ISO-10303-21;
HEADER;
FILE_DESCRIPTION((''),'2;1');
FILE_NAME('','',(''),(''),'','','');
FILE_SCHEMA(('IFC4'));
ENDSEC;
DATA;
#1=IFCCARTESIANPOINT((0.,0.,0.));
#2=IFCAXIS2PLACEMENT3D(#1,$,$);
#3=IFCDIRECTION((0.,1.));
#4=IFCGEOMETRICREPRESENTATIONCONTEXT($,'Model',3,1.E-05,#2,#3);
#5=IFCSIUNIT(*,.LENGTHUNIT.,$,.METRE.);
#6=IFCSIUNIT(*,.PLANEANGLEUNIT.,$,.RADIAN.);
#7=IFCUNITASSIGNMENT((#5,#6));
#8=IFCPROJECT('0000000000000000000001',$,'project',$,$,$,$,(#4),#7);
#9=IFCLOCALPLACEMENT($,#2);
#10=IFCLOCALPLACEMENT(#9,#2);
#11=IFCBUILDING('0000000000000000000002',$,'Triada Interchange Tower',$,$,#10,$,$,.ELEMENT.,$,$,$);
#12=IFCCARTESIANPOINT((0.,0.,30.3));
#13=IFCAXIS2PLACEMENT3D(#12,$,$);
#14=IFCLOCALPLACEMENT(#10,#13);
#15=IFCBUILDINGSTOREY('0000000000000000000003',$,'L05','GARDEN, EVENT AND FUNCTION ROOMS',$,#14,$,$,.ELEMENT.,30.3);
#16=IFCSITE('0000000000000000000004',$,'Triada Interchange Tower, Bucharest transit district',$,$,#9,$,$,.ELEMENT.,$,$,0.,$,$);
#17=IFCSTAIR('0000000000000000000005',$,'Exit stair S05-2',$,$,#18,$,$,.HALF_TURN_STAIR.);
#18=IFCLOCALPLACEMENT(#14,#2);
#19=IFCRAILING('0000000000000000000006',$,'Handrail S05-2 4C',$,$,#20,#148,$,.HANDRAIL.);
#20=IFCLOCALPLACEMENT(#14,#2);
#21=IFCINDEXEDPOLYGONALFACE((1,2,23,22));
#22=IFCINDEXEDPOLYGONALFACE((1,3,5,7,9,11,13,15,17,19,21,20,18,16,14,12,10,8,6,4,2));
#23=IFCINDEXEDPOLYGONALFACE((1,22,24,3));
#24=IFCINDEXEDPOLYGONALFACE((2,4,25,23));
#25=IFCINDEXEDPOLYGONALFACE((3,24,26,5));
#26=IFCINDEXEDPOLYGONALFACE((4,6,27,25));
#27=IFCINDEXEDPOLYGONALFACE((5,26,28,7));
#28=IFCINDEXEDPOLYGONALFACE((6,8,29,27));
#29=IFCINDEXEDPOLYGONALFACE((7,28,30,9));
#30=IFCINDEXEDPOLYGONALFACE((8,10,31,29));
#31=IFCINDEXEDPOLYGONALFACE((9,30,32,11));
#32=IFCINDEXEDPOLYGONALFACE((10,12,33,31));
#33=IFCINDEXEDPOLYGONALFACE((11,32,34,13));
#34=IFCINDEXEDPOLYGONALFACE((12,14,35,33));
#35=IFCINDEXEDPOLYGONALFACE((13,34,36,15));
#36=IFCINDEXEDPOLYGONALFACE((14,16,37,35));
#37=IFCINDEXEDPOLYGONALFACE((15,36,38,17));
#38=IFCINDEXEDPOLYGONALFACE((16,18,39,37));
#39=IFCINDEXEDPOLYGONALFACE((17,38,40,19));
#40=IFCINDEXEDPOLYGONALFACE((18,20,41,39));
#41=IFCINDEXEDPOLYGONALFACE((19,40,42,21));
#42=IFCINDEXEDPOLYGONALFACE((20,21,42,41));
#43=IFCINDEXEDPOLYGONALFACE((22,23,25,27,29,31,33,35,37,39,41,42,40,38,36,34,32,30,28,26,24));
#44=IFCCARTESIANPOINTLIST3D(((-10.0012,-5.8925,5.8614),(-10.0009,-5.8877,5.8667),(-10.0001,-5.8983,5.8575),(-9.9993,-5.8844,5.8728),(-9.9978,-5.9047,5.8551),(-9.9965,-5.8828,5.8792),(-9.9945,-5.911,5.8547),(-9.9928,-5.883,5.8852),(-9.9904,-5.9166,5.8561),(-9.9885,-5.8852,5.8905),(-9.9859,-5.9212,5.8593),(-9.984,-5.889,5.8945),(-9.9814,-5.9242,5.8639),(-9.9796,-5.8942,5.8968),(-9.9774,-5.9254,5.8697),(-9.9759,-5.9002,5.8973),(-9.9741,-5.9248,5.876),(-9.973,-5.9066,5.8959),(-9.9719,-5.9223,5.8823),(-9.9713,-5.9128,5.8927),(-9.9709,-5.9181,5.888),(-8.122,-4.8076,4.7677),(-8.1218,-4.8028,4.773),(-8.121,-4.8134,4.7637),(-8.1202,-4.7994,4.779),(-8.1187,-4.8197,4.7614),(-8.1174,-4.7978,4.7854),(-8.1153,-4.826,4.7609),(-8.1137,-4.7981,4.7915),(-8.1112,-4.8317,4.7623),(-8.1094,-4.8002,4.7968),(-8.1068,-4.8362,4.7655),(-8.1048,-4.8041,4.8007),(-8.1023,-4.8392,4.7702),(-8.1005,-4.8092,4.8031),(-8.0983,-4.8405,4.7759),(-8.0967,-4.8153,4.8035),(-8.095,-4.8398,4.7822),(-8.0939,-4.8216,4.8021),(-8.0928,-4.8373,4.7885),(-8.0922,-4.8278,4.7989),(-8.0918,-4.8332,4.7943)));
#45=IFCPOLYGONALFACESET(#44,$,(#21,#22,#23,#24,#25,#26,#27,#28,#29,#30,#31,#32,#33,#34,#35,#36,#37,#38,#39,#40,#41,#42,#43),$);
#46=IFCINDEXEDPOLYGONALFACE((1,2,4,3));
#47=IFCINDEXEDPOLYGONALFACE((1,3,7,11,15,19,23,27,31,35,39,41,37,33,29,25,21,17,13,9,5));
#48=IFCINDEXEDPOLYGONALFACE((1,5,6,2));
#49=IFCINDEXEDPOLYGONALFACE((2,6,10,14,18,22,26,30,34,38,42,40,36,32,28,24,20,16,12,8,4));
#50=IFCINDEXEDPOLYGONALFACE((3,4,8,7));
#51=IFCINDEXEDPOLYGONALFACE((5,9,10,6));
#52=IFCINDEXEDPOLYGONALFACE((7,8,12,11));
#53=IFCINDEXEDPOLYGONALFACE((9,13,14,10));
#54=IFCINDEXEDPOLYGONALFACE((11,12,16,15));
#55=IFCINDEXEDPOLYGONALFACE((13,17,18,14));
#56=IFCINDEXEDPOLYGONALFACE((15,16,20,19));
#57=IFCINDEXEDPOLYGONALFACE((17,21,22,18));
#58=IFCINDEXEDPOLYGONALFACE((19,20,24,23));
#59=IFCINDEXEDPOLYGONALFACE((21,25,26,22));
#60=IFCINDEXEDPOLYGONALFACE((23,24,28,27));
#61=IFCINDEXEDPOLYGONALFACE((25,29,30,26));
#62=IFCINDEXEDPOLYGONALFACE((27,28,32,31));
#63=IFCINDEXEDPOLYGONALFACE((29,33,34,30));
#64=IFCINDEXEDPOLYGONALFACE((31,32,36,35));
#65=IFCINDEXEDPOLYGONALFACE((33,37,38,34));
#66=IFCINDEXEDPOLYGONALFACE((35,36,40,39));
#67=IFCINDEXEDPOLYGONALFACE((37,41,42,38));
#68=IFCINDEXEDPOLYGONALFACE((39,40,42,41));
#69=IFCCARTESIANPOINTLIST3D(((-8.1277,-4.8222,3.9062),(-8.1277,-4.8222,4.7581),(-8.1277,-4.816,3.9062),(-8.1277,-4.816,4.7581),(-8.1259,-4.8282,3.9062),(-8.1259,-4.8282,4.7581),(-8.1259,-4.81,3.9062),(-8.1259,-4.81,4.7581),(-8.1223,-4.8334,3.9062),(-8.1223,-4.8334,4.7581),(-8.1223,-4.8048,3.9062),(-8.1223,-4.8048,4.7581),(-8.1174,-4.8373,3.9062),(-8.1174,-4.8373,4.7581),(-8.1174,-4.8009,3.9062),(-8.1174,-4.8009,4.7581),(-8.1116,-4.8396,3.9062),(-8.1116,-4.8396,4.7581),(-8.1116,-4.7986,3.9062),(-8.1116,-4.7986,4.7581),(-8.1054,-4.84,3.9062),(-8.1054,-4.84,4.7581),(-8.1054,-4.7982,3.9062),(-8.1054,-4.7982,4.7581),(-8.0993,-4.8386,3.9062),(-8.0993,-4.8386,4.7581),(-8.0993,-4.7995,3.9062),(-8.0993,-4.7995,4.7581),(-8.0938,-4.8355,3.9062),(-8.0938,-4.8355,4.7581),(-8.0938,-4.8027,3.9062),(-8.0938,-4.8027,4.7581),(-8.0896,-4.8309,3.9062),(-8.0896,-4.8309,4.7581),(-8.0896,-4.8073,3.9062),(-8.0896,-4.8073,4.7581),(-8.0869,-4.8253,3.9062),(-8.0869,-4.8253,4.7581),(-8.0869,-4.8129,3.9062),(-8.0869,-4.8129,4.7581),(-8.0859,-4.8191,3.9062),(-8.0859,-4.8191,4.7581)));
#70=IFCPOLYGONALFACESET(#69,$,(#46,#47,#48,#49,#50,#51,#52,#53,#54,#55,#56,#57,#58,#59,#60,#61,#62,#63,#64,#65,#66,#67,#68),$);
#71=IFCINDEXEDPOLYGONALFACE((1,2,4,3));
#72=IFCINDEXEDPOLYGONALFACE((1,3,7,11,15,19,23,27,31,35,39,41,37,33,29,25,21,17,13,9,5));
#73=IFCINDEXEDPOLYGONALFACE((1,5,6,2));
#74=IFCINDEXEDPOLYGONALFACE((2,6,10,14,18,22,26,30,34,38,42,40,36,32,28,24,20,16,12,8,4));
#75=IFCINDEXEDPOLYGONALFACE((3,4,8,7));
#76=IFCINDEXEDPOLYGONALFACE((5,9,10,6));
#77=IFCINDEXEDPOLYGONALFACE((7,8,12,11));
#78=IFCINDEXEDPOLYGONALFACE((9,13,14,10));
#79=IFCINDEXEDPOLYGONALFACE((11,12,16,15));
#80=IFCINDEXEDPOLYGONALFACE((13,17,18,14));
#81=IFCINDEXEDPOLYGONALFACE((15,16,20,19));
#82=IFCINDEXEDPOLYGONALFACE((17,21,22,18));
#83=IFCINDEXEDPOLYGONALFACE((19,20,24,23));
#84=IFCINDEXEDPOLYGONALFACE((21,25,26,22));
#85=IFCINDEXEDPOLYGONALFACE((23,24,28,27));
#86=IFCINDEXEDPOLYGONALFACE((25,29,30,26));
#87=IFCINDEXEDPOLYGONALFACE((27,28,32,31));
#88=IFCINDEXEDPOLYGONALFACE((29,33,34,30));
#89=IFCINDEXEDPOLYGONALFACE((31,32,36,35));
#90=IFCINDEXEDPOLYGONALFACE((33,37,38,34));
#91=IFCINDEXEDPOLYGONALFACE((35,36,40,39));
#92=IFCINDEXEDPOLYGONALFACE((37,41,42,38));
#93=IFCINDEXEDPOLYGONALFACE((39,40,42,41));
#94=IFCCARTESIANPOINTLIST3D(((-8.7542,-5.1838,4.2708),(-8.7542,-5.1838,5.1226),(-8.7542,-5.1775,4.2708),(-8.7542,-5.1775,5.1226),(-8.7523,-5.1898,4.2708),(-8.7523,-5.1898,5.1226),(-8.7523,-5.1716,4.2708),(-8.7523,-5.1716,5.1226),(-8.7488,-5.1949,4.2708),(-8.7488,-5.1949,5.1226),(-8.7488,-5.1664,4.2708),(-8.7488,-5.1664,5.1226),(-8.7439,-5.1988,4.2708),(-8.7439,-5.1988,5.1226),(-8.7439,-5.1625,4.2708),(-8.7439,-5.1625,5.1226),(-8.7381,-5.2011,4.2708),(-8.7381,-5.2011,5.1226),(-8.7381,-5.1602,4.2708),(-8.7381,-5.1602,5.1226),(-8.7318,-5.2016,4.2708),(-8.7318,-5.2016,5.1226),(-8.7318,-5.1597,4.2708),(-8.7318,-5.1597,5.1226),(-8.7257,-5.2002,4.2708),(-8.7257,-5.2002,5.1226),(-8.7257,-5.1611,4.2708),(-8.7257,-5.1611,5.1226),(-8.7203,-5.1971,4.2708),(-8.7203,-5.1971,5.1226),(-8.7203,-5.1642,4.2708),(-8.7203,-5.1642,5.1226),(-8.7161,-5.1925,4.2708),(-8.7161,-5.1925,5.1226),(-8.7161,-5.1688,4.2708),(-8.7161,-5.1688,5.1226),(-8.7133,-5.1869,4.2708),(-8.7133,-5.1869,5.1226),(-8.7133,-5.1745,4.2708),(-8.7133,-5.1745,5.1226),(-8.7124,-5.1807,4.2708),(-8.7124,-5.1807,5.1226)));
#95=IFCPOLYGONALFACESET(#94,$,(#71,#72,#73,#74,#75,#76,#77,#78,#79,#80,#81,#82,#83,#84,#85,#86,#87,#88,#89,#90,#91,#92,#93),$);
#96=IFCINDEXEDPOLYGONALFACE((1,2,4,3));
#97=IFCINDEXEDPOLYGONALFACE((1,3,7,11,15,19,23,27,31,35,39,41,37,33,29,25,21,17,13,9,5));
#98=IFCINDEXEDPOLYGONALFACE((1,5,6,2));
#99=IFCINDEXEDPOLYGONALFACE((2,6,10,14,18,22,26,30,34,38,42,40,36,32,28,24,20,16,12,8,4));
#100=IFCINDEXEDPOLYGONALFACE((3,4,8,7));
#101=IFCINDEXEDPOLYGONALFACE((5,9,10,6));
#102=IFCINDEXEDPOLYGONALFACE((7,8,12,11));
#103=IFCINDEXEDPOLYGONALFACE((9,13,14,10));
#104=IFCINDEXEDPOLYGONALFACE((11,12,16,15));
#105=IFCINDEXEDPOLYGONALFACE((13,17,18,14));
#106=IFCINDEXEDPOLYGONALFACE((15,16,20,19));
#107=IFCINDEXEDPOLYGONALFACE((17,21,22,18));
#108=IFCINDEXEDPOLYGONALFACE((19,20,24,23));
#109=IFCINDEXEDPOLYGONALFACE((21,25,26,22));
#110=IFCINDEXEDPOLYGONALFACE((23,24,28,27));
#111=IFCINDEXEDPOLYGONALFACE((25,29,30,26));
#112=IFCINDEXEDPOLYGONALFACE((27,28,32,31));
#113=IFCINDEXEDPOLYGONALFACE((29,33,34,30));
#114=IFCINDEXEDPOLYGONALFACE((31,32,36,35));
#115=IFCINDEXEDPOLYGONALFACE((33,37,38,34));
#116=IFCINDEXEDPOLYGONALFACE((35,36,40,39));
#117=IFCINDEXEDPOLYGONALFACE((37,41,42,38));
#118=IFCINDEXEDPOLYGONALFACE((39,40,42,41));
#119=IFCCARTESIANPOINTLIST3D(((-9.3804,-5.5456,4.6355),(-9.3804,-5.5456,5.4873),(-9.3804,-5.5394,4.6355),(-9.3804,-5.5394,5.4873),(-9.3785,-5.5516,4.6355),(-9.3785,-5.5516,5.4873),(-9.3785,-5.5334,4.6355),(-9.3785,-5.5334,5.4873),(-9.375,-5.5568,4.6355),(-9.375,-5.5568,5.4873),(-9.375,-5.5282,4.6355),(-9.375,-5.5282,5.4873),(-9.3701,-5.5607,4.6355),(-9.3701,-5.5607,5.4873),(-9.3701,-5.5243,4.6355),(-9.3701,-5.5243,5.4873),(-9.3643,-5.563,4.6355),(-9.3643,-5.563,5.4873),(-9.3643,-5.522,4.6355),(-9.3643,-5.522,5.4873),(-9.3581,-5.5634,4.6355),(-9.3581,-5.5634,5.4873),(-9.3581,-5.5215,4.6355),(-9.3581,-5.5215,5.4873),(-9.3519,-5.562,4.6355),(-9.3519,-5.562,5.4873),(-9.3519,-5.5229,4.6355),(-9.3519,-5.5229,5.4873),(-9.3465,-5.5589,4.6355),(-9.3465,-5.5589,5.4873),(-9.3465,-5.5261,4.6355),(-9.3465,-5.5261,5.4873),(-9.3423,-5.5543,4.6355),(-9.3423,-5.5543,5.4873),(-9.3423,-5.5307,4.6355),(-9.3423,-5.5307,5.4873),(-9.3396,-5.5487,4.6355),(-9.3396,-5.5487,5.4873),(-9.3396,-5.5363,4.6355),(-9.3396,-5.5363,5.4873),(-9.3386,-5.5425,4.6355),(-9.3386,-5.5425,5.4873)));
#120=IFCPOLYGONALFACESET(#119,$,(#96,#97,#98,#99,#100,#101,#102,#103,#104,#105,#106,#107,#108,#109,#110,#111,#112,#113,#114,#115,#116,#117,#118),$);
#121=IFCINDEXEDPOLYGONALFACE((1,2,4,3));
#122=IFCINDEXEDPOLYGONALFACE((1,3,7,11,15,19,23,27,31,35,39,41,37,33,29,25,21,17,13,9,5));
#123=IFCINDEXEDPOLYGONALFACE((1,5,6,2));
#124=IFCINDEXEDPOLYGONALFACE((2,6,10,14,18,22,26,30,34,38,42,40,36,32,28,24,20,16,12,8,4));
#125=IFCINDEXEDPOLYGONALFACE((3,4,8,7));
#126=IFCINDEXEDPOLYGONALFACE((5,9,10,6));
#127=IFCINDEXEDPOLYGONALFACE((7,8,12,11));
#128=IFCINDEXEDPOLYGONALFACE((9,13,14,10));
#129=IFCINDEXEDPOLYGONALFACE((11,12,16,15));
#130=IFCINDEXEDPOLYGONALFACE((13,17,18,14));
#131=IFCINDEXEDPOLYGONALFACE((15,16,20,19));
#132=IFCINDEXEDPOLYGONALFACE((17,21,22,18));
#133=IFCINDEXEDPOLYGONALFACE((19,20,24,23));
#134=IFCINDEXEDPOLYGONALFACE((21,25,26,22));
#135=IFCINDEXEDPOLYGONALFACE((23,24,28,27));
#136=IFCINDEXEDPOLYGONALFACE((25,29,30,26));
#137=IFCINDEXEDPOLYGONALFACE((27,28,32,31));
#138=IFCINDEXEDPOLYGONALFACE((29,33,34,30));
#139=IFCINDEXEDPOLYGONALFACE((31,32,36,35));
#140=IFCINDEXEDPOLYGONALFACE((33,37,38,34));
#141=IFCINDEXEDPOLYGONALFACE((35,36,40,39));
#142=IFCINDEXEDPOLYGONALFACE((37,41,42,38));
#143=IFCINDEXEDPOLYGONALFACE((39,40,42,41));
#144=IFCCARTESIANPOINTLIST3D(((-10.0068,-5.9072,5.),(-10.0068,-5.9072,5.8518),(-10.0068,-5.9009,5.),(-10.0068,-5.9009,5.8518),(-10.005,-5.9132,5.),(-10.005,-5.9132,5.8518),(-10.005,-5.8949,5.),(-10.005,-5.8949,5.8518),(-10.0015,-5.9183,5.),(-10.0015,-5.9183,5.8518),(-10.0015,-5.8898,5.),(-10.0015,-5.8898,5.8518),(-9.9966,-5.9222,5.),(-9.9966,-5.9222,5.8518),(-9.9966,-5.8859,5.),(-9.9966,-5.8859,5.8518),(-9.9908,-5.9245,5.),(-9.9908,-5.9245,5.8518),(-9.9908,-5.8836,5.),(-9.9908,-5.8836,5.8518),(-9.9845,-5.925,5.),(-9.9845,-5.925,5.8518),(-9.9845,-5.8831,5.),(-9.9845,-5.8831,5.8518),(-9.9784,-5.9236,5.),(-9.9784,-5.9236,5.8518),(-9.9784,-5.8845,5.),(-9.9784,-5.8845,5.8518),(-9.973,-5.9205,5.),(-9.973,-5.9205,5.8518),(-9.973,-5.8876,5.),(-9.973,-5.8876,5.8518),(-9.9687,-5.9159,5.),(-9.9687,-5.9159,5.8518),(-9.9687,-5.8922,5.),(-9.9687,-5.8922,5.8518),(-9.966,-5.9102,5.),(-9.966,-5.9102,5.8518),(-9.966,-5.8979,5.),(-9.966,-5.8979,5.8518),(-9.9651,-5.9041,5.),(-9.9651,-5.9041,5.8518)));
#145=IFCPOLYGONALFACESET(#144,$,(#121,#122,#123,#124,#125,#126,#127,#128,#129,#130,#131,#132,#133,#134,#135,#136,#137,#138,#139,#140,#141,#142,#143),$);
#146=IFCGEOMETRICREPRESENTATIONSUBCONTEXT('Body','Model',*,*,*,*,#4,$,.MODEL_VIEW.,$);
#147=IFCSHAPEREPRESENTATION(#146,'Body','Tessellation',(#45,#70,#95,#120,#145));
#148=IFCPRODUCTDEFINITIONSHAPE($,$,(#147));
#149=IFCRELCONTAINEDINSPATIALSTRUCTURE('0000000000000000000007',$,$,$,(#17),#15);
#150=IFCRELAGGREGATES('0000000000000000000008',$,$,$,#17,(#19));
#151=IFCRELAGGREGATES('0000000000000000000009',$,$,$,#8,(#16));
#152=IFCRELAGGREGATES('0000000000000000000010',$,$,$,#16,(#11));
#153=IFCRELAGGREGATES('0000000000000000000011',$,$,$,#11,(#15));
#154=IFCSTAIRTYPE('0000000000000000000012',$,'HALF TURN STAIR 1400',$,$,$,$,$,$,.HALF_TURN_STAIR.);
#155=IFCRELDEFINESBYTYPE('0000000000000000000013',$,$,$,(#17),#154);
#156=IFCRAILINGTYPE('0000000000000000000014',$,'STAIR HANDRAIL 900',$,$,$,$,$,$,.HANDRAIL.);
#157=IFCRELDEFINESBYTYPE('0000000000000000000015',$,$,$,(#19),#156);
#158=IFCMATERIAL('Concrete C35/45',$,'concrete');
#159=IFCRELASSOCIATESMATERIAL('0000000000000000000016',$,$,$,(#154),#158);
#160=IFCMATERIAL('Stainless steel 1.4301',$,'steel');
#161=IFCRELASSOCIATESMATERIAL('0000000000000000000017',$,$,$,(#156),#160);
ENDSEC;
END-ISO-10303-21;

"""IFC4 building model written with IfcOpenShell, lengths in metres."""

from ifc_helpers import new_model, si_unit, direction, frame, origin, origin_2d, place, context, subcontext, project, spatial, circle, extrude, material, type_object, element, aggregate, save


model = new_model("IFC4")

# Units and contexts
model_context = context("Model", 3, precision=1e-05, world=origin(), true_north=direction((0.0, 1.0)))
body_context = subcontext(model_context, "Body", "Model", "MODEL_VIEW")
ifc_project = project(units=[si_unit("LENGTHUNIT", "METRE"), si_unit("PLANEANGLEUNIT", "RADIAN")], contexts=[model_context])

# Site, building, storey
site_placement = place(None, origin())
site = spatial("IfcSite", under=ifc_project, at=site_placement, Name="Triada Interchange Tower, Bucharest transit district", CompositionType="ELEMENT", RefElevation=0.0)
building_placement = place(site_placement, origin())
building = spatial("IfcBuilding", under=site, at=building_placement, Name="Triada Interchange Tower", CompositionType="ELEMENT")
storey_placement = place(building_placement, frame((0.0, 0.0, 30.3)))
storey = spatial("IfcBuildingStorey", under=building, at=storey_placement, Name="L05", Description="GARDEN, EVENT AND FUNCTION ROOMS", CompositionType="ELEMENT", Elevation=30.3)

# Stair, railing
ifc_material_1 = material(Name="Concrete C35/45", Category="concrete")
stair_type = type_object("IfcStairType", Name="HALF TURN STAIR 1400", PredefinedType="HALF_TURN_STAIR", material=ifc_material_1)
stair_placement = place(storey_placement, origin())
stair = element("IfcStair", 1, at=stair_placement, inside=storey, type_object=stair_type, Name="Exit stair S05-2", PredefinedType="HALF_TURN_STAIR")
ifc_material_2 = material(Name="Stainless steel 1.4301", Category="steel")
railing_type = type_object("IfcRailingType", Name="STAIR HANDRAIL 900", PredefinedType="HANDRAIL", material=ifc_material_2)
railing_1_placement = place(storey_placement, frame((-8.1069, -4.8191, 3.9062)))
railing_1 = element("IfcRailing", 2, at=railing_1_placement, type_object=railing_type, Name="Handrail S05-2 4C", PredefinedType="HANDRAIL", context=body_context, shape_type="SweptSolid", body=[
    extrude(circle(Radius=0.0239, at=origin_2d()), frame((0.0, 0.0, 0.876), z_axis=(-0.77333, -0.446496, 0.450113), x_axis=(0.500011, -0.866019, 0.0)), (0.0, 0.0, 1.0), 2.4299),
    extrude(circle(Radius=0.021, at=origin_2d()), origin(), (0.0, 0.0, 1.0), 0.8518),
    extrude(circle(Radius=0.021, at=origin_2d()), frame((-0.6265, -0.3616, 0.3645)), (0.0, 0.0, 1.0), 0.8518),
    extrude(circle(Radius=0.021, at=origin_2d()), frame((-1.2527, -0.7234, 0.7292)), (0.0, 0.0, 1.0), 0.8518),
    extrude(circle(Radius=0.021, at=origin_2d()), frame((-1.8792, -1.085, 1.0938)), (0.0, 0.0, 1.0), 0.8518),
])
aggregate(stair, [railing_1])

save(model, "model.ifc")
